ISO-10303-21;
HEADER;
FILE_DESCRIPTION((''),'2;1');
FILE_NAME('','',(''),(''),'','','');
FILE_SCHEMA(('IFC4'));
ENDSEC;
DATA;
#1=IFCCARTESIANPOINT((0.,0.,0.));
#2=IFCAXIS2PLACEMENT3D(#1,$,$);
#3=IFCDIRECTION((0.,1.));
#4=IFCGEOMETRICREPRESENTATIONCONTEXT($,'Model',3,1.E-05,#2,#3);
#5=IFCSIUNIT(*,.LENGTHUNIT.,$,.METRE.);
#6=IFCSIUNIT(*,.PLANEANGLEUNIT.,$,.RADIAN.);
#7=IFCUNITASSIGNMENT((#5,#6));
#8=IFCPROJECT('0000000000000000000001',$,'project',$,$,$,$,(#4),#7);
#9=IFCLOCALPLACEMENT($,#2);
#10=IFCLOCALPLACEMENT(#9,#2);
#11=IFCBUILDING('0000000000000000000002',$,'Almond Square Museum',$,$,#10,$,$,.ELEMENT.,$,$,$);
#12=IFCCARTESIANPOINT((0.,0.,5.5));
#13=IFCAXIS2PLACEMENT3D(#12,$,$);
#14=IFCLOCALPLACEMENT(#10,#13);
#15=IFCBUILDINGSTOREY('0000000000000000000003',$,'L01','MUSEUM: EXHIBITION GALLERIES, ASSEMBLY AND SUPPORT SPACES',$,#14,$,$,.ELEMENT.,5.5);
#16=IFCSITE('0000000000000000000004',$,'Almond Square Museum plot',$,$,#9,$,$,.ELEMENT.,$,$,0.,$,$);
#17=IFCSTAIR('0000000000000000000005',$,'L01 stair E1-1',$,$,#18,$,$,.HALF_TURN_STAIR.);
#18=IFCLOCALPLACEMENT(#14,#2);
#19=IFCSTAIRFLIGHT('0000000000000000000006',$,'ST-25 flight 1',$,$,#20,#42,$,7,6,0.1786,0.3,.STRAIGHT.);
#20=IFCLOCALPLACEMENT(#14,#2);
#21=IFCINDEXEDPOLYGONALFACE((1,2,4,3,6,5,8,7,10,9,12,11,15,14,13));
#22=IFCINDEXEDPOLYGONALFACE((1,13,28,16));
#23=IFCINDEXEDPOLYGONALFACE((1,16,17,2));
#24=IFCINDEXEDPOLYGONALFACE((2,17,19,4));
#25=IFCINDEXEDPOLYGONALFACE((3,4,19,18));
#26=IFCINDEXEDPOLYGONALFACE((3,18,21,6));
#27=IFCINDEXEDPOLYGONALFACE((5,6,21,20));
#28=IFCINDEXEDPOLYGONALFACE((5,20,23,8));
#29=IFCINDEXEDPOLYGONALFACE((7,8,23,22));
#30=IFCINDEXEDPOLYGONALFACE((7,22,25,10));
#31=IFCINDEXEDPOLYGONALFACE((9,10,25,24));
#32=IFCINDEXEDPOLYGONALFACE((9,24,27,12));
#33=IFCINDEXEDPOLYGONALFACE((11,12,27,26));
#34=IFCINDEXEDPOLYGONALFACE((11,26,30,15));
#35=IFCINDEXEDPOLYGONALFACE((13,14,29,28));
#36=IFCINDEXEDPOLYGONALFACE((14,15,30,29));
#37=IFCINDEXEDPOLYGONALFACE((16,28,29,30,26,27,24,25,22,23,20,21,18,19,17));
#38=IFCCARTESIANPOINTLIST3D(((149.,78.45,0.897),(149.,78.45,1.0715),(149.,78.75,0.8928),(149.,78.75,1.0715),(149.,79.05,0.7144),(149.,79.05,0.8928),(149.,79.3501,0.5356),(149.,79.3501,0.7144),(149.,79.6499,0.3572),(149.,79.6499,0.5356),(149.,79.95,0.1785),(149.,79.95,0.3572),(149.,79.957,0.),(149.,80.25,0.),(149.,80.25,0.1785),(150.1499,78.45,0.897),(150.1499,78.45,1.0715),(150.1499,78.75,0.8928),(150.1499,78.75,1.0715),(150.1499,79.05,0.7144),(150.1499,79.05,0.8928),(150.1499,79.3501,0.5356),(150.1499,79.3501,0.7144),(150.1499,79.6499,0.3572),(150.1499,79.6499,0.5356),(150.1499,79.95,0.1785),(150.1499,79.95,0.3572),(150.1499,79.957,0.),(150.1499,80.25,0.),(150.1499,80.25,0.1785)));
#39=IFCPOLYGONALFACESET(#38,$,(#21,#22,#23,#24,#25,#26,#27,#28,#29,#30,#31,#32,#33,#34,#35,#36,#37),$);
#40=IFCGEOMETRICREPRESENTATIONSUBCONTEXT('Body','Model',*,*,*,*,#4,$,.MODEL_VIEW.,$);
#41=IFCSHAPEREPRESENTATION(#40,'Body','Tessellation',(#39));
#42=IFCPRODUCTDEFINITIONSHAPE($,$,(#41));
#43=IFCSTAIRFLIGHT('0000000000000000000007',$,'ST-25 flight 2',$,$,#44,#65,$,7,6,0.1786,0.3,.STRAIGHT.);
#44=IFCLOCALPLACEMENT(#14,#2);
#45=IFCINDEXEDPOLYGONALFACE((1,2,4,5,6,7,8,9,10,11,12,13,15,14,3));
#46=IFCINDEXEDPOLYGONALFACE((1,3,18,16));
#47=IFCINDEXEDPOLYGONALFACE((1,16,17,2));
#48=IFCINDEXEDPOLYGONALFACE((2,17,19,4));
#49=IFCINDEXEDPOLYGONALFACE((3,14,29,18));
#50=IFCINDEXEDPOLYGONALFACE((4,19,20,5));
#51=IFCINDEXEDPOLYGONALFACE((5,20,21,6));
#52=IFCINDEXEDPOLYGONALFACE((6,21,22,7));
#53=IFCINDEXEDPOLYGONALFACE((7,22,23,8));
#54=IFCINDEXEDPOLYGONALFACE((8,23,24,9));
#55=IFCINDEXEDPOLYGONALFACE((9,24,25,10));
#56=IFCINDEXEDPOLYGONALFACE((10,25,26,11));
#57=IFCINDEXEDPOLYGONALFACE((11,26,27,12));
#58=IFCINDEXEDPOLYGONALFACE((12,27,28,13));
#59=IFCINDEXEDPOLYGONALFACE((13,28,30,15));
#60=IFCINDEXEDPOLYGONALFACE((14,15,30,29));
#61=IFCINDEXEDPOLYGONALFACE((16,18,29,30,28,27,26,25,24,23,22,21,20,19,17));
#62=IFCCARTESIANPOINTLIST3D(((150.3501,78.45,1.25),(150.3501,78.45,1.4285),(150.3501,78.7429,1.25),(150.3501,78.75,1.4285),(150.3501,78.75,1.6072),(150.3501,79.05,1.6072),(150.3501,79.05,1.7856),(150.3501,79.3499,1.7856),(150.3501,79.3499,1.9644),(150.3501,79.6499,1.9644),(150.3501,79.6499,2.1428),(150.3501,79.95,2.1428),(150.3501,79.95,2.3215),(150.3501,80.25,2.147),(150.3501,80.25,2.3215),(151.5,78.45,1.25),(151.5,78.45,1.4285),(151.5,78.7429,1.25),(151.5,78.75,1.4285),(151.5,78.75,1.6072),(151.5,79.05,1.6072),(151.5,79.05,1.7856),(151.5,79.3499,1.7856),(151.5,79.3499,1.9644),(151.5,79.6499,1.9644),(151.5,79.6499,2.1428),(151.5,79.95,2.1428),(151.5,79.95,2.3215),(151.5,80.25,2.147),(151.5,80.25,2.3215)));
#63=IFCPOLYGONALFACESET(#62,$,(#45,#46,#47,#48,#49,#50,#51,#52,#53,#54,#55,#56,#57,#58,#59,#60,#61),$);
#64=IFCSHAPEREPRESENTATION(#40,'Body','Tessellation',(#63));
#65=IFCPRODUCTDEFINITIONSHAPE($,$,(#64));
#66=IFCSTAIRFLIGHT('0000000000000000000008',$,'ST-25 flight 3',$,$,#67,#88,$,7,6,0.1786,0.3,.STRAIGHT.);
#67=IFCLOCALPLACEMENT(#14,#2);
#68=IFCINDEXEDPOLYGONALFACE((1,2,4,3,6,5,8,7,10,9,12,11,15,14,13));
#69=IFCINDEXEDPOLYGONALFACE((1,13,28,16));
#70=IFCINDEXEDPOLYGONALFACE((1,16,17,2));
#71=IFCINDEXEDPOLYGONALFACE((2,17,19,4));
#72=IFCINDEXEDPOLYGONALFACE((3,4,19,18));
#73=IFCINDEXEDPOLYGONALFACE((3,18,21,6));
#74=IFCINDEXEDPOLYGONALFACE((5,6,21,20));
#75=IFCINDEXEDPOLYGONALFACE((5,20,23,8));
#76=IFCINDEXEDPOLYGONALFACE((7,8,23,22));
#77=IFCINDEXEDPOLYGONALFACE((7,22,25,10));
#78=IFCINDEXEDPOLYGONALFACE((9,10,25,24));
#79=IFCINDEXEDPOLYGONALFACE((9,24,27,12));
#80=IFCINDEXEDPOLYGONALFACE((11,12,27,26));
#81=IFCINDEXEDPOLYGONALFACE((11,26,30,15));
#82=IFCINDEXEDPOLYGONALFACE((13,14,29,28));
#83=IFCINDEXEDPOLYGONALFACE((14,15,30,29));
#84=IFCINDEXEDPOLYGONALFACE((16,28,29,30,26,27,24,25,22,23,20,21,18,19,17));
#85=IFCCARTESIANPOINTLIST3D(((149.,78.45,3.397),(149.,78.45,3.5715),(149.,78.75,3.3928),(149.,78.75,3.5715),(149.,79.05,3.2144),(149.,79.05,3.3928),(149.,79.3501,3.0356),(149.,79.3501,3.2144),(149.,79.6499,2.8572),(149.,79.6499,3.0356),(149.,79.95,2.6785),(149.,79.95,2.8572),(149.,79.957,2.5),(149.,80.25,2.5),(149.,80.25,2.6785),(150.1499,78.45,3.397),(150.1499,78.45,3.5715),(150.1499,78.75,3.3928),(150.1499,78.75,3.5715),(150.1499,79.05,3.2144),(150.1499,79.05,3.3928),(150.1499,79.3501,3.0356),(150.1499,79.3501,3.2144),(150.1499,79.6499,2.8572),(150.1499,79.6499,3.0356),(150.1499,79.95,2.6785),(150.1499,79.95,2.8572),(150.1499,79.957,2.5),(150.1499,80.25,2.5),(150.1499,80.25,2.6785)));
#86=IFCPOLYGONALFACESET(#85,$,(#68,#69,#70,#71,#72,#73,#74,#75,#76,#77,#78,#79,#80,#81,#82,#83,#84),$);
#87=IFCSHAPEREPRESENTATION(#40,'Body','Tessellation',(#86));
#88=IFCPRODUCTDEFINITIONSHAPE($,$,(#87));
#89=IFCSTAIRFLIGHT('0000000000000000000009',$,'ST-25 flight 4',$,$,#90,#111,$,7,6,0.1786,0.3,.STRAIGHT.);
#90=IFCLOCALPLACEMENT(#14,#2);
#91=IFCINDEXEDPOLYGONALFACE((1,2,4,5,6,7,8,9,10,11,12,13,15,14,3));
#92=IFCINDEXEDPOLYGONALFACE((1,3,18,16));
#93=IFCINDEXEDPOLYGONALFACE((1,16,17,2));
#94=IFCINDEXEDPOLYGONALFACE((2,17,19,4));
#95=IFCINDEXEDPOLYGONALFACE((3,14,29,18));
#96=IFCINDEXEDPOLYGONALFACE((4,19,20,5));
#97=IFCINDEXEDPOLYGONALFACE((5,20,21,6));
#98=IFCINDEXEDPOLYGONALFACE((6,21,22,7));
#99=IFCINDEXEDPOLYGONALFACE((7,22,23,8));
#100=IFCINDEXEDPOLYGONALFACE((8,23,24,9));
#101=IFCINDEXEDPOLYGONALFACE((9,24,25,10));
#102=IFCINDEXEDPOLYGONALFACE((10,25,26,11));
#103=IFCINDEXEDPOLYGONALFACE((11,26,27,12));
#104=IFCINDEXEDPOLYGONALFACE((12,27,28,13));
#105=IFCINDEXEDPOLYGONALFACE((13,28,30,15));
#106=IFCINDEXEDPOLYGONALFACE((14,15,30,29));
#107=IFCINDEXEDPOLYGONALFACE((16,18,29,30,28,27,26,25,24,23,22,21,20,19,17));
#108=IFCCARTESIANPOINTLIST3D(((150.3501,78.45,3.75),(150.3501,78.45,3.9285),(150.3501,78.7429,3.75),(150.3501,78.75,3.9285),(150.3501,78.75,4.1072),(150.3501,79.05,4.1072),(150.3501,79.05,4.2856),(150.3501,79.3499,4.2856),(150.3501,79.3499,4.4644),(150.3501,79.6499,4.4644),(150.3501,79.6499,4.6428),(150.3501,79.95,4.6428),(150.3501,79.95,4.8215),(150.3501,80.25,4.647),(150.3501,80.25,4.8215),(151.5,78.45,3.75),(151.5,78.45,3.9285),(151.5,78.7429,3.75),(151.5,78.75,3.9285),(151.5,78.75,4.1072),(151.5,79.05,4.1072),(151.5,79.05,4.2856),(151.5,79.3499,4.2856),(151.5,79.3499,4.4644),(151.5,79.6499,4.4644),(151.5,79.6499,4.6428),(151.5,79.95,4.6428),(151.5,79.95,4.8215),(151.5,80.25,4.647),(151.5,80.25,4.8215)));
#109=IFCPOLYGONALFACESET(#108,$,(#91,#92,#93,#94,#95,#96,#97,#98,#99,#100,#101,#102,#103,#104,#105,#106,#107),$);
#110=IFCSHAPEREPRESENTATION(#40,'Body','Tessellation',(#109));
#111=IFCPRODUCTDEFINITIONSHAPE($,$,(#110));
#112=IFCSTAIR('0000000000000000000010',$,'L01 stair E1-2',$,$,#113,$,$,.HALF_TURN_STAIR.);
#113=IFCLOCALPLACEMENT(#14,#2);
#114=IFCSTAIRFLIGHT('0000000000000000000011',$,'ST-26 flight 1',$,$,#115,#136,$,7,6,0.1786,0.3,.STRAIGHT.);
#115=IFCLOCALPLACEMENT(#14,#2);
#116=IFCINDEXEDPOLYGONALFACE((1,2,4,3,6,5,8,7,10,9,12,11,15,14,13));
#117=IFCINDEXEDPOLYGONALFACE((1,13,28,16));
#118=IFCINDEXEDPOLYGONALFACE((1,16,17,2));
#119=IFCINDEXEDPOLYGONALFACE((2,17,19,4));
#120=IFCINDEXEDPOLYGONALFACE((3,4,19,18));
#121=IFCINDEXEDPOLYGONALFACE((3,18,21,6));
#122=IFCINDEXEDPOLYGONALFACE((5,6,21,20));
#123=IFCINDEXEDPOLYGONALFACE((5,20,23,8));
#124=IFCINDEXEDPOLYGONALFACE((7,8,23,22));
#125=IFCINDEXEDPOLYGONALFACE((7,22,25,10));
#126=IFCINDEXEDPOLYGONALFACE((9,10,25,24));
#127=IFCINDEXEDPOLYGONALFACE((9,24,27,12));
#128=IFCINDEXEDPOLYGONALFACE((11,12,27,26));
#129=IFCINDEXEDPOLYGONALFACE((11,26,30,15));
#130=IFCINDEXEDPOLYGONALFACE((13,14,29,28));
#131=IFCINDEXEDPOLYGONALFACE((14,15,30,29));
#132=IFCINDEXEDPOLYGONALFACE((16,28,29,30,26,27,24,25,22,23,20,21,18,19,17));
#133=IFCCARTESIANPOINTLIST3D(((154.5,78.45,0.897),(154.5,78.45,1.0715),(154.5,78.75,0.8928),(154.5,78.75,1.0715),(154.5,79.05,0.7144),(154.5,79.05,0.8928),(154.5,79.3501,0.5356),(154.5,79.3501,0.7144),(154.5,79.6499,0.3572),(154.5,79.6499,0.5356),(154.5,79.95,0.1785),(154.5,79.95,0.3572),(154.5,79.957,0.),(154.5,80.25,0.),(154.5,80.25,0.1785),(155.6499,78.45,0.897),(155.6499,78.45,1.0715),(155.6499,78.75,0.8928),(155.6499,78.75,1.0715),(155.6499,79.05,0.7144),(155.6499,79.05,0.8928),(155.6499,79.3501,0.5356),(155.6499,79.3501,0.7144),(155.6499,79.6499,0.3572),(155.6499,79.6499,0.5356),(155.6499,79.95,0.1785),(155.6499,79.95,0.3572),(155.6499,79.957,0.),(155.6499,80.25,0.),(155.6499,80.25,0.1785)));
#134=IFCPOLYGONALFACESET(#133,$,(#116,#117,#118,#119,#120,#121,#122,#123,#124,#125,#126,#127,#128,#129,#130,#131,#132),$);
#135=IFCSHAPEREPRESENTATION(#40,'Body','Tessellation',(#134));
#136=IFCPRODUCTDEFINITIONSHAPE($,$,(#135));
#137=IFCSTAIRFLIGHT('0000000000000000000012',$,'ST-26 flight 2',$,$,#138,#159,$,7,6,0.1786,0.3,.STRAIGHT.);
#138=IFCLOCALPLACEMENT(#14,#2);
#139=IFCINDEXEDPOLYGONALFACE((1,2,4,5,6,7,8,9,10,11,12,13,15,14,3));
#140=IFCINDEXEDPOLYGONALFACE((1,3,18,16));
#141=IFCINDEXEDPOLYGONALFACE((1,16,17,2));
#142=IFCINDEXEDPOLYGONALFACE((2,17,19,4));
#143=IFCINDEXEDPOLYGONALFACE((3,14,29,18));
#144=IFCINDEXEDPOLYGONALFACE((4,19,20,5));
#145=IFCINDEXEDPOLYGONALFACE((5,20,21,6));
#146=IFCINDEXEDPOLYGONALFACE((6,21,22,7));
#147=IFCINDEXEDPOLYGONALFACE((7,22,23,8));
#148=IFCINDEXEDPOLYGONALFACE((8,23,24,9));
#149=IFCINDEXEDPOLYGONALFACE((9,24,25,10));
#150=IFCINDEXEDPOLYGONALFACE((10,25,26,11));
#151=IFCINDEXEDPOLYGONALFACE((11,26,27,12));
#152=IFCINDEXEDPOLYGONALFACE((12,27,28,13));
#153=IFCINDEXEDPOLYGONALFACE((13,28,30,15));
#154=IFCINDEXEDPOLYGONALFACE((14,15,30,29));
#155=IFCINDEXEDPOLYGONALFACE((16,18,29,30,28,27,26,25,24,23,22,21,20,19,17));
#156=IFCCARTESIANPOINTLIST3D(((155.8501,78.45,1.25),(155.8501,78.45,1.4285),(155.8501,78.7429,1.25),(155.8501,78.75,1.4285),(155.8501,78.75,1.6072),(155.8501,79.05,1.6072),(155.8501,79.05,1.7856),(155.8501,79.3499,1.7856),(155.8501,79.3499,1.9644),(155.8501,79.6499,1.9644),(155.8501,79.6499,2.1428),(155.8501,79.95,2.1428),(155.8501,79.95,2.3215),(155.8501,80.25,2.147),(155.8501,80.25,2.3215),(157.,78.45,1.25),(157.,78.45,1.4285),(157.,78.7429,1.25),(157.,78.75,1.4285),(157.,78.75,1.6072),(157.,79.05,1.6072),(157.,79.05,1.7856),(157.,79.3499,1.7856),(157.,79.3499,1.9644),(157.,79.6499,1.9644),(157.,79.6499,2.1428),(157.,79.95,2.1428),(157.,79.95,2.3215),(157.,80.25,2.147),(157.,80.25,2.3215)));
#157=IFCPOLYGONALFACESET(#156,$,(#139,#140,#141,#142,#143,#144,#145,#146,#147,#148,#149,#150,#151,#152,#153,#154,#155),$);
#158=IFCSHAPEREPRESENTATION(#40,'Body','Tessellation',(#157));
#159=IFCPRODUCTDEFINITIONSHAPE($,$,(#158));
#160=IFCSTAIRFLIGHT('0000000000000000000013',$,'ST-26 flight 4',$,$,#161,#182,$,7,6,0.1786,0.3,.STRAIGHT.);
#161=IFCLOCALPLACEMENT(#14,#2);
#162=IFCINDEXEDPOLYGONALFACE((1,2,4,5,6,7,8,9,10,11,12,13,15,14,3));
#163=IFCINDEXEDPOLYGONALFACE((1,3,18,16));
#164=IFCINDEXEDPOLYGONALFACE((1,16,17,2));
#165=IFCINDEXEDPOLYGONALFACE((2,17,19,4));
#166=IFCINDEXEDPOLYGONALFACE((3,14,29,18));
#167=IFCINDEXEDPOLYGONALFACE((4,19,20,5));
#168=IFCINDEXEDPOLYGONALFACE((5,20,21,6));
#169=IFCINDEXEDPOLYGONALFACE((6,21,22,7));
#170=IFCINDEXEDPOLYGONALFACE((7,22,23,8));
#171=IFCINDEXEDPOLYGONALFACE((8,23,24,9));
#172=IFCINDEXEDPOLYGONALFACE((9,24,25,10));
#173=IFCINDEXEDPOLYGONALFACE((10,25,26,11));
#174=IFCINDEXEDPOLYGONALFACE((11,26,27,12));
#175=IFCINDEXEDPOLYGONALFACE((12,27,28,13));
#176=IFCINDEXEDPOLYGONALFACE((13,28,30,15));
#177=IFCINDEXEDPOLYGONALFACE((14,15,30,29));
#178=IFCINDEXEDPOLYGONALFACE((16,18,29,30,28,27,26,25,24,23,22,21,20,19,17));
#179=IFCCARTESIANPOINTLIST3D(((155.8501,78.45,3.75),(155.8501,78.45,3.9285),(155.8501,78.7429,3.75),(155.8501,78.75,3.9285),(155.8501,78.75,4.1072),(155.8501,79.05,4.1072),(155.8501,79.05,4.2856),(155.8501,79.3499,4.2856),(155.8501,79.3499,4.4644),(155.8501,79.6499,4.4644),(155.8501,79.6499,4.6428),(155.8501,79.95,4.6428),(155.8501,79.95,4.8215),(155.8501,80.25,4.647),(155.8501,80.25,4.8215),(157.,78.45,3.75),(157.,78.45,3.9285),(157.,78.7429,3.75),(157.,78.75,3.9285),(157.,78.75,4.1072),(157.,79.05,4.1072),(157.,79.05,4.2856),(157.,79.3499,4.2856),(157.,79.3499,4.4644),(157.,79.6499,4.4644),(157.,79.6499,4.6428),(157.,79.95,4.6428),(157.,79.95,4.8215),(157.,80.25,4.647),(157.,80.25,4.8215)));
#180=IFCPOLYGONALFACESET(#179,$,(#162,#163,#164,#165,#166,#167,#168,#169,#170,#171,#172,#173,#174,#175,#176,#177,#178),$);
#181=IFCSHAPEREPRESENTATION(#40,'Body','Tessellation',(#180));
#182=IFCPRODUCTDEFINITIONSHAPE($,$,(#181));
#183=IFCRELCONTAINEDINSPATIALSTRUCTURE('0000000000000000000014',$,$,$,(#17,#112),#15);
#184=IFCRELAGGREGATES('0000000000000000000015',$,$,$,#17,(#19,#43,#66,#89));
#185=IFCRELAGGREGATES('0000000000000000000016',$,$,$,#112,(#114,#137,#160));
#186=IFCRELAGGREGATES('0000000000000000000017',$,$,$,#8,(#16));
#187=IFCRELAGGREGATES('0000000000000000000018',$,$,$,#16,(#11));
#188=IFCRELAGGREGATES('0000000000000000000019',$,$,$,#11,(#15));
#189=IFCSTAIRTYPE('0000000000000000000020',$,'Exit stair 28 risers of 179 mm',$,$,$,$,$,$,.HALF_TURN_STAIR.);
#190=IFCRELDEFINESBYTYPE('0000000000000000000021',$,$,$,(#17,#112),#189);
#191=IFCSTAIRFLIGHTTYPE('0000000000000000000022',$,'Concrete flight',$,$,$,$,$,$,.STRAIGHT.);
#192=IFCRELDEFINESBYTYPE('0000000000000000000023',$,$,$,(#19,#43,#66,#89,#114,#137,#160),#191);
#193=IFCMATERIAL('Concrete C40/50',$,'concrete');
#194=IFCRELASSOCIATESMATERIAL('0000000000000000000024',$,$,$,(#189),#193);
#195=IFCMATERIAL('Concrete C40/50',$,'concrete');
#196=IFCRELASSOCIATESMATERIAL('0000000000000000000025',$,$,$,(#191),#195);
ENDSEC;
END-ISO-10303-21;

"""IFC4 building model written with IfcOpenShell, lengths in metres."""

from ifc_helpers import new_model, si_unit, direction, frame, origin, place, context, subcontext, project, spatial, polyline, outline, extrude, material, type_object, element, aggregate, save


model = new_model("IFC4")

# Units and contexts
model_context = context("Model", 3, precision=1e-05, world=origin(), true_north=direction((0.0, 1.0)))
body_context = subcontext(model_context, "Body", "Model", "MODEL_VIEW")
ifc_project = project(units=[si_unit("LENGTHUNIT", "METRE"), si_unit("PLANEANGLEUNIT", "RADIAN")], contexts=[model_context])

# Site, building, storey
site_placement = place(None, origin())
site = spatial("IfcSite", under=ifc_project, at=site_placement, Name="Almond Square Museum plot", CompositionType="ELEMENT", RefElevation=0.0)
building_placement = place(site_placement, origin())
building = spatial("IfcBuilding", under=site, at=building_placement, Name="Almond Square Museum", CompositionType="ELEMENT")
storey_placement = place(building_placement, frame((0.0, 0.0, 5.5)))
storey = spatial("IfcBuildingStorey", under=building, at=storey_placement, Name="L01", Description="MUSEUM: EXHIBITION GALLERIES, ASSEMBLY AND SUPPORT SPACES", CompositionType="ELEMENT", Elevation=5.5)

# Stairs, stair flights
ifc_material_1 = material(Name="Concrete C40/50", Category="concrete")
stair_type = type_object("IfcStairType", Name="Exit stair 28 risers of 179 mm", PredefinedType="HALF_TURN_STAIR", material=ifc_material_1)
stair_1_placement = place(storey_placement, origin())
stair_1 = element("IfcStair", 1, at=stair_1_placement, inside=storey, type_object=stair_type, Name="L01 stair E1-1", PredefinedType="HALF_TURN_STAIR")
ifc_material_2 = material(Name="Concrete C40/50", Category="concrete")
stair_flight_type = type_object("IfcStairFlightType", Name="Concrete flight", PredefinedType="STRAIGHT", material=ifc_material_2)
stair_flight_1_placement = place(storey_placement, frame((149.575, 80.25, 0.0), z_axis=(0.0, 0.0, 1.0), x_axis=(0.0, -1.0, 0.0)))
stair_flight_1 = element("IfcStairFlight", 2, at=stair_flight_1_placement, type_object=stair_flight_type, Name="ST-25 flight 1", NumberOfRisers=7, NumberOfTreads=6, PredefinedType="STRAIGHT", RiserHeight=0.1786, TreadLength=0.3, context=body_context, shape_type="SweptSolid", body=[
    extrude(outline(polyline([(0.0, 0.0), (0.0, 0.1785), (0.3, 0.1785), (0.3, 0.3572), (0.6001, 0.3572), (0.6001, 0.5356), (0.8999, 0.5356), (0.8999, 0.7144), (1.2, 0.7144), (1.2, 0.8928), (1.5, 0.8928), (1.5, 1.0715), (1.8, 1.0715), (1.8, 1.25), (1.8, 0.897), (0.293, 0.0), (0.0, 0.0)])), frame((0.0, 0.575, 0.0), z_axis=(0.0, -1.0, 0.0), x_axis=(1.0, 0.0, 0.0)), (0.0, 0.0, 1.0), 1.1499),
])
stair_flight_2_placement = place(storey_placement, frame((150.925, 78.45, 1.25), z_axis=(0.0, 0.0, 1.0), x_axis=(0.0, 1.0, 0.0)))
stair_flight_2 = element("IfcStairFlight", 3, at=stair_flight_2_placement, type_object=stair_flight_type, Name="ST-25 flight 2", NumberOfRisers=7, NumberOfTreads=6, PredefinedType="STRAIGHT", RiserHeight=0.1786, TreadLength=0.3, context=body_context, shape_type="SweptSolid", body=[
    extrude(outline(polyline([(0.0, 0.0), (0.0, 0.1785), (0.3, 0.1785), (0.3, 0.3572), (0.6001, 0.3572), (0.6001, 0.5356), (0.8999, 0.5356), (0.8999, 0.7144), (1.2, 0.7144), (1.2, 0.8928), (1.5, 0.8928), (1.5, 1.0715), (1.8, 1.0715), (1.8, 1.25), (1.8, 0.897), (0.293, 0.0), (0.0, 0.0)])), frame((0.0, 0.575, 0.0), z_axis=(0.0, -1.0, 0.0), x_axis=(1.0, 0.0, 0.0)), (0.0, 0.0, 1.0), 1.1499),
])
stair_flight_3_placement = place(storey_placement, frame((149.575, 80.25, 2.5), z_axis=(0.0, 0.0, 1.0), x_axis=(0.0, -1.0, 0.0)))
stair_flight_3 = element("IfcStairFlight", 4, at=stair_flight_3_placement, type_object=stair_flight_type, Name="ST-25 flight 3", NumberOfRisers=7, NumberOfTreads=6, PredefinedType="STRAIGHT", RiserHeight=0.1786, TreadLength=0.3, context=body_context, shape_type="SweptSolid", body=[
    extrude(outline(polyline([(0.0, 0.0), (0.0, 0.1785), (0.3, 0.1785), (0.3, 0.3572), (0.6001, 0.3572), (0.6001, 0.5356), (0.8999, 0.5356), (0.8999, 0.7144), (1.2, 0.7144), (1.2, 0.8928), (1.5, 0.8928), (1.5, 1.0715), (1.8, 1.0715), (1.8, 1.25), (1.8, 0.897), (0.293, 0.0), (0.0, 0.0)])), frame((0.0, 0.575, 0.0), z_axis=(0.0, -1.0, 0.0), x_axis=(1.0, 0.0, 0.0)), (0.0, 0.0, 1.0), 1.1499),
])
stair_flight_4_placement = place(storey_placement, frame((150.925, 78.45, 3.75), z_axis=(0.0, 0.0, 1.0), x_axis=(0.0, 1.0, 0.0)))
stair_flight_4 = element("IfcStairFlight", 5, at=stair_flight_4_placement, type_object=stair_flight_type, Name="ST-25 flight 4", NumberOfRisers=7, NumberOfTreads=6, PredefinedType="STRAIGHT", RiserHeight=0.1786, TreadLength=0.3, context=body_context, shape_type="SweptSolid", body=[
    extrude(outline(polyline([(0.0, 0.0), (0.0, 0.1785), (0.3, 0.1785), (0.3, 0.3572), (0.6001, 0.3572), (0.6001, 0.5356), (0.8999, 0.5356), (0.8999, 0.7144), (1.2, 0.7144), (1.2, 0.8928), (1.5, 0.8928), (1.5, 1.0715), (1.8, 1.0715), (1.8, 1.25), (1.8, 0.897), (0.293, 0.0), (0.0, 0.0)])), frame((0.0, 0.575, 0.0), z_axis=(0.0, -1.0, 0.0), x_axis=(1.0, 0.0, 0.0)), (0.0, 0.0, 1.0), 1.1499),
])
aggregate(stair_1, [stair_flight_1, stair_flight_2, stair_flight_3, stair_flight_4])
stair_2_placement = place(storey_placement, origin())
stair_2 = element("IfcStair", 6, at=stair_2_placement, inside=storey, type_object=stair_type, Name="L01 stair E1-2", PredefinedType="HALF_TURN_STAIR")
stair_flight_5_placement = place(storey_placement, frame((155.075, 80.25, 0.0), z_axis=(0.0, 0.0, 1.0), x_axis=(0.0, -1.0, 0.0)))
stair_flight_5 = element("IfcStairFlight", 7, at=stair_flight_5_placement, type_object=stair_flight_type, Name="ST-26 flight 1", NumberOfRisers=7, NumberOfTreads=6, PredefinedType="STRAIGHT", RiserHeight=0.1786, TreadLength=0.3, context=body_context, shape_type="SweptSolid", body=[
    extrude(outline(polyline([(0.0, 0.0), (0.0, 0.1785), (0.3, 0.1785), (0.3, 0.3572), (0.6001, 0.3572), (0.6001, 0.5356), (0.8999, 0.5356), (0.8999, 0.7144), (1.2, 0.7144), (1.2, 0.8928), (1.5, 0.8928), (1.5, 1.0715), (1.8, 1.0715), (1.8, 1.25), (1.8, 0.897), (0.293, 0.0), (0.0, 0.0)])), frame((0.0, 0.575, 0.0), z_axis=(0.0, -1.0, 0.0), x_axis=(1.0, 0.0, 0.0)), (0.0, 0.0, 1.0), 1.1499),
])
stair_flight_6_placement = place(storey_placement, frame((156.425, 78.45, 1.25), z_axis=(0.0, 0.0, 1.0), x_axis=(0.0, 1.0, 0.0)))
stair_flight_6 = element("IfcStairFlight", 8, at=stair_flight_6_placement, type_object=stair_flight_type, Name="ST-26 flight 2", NumberOfRisers=7, NumberOfTreads=6, PredefinedType="STRAIGHT", RiserHeight=0.1786, TreadLength=0.3, context=body_context, shape_type="SweptSolid", body=[
    extrude(outline(polyline([(0.0, 0.0), (0.0, 0.1785), (0.3, 0.1785), (0.3, 0.3572), (0.6001, 0.3572), (0.6001, 0.5356), (0.8999, 0.5356), (0.8999, 0.7144), (1.2, 0.7144), (1.2, 0.8928), (1.5, 0.8928), (1.5, 1.0715), (1.8, 1.0715), (1.8, 1.25), (1.8, 0.897), (0.293, 0.0), (0.0, 0.0)])), frame((0.0, 0.575, 0.0), z_axis=(0.0, -1.0, 0.0), x_axis=(1.0, 0.0, 0.0)), (0.0, 0.0, 1.0), 1.1499),
])
stair_flight_7_placement = place(storey_placement, frame((156.425, 78.45, 3.75), z_axis=(0.0, 0.0, 1.0), x_axis=(0.0, 1.0, 0.0)))
stair_flight_7 = element("IfcStairFlight", 9, at=stair_flight_7_placement, type_object=stair_flight_type, Name="ST-26 flight 4", NumberOfRisers=7, NumberOfTreads=6, PredefinedType="STRAIGHT", RiserHeight=0.1786, TreadLength=0.3, context=body_context, shape_type="SweptSolid", body=[
    extrude(outline(polyline([(0.0, 0.0), (0.0, 0.1785), (0.3, 0.1785), (0.3, 0.3572), (0.6001, 0.3572), (0.6001, 0.5356), (0.8999, 0.5356), (0.8999, 0.7144), (1.2, 0.7144), (1.2, 0.8928), (1.5, 0.8928), (1.5, 1.0715), (1.8, 1.0715), (1.8, 1.25), (1.8, 0.897), (0.293, 0.0), (0.0, 0.0)])), frame((0.0, 0.575, 0.0), z_axis=(0.0, -1.0, 0.0), x_axis=(1.0, 0.0, 0.0)), (0.0, 0.0, 1.0), 1.1499),
])
aggregate(stair_2, [stair_flight_5, stair_flight_6, stair_flight_7])

save(model, "model.ifc")
